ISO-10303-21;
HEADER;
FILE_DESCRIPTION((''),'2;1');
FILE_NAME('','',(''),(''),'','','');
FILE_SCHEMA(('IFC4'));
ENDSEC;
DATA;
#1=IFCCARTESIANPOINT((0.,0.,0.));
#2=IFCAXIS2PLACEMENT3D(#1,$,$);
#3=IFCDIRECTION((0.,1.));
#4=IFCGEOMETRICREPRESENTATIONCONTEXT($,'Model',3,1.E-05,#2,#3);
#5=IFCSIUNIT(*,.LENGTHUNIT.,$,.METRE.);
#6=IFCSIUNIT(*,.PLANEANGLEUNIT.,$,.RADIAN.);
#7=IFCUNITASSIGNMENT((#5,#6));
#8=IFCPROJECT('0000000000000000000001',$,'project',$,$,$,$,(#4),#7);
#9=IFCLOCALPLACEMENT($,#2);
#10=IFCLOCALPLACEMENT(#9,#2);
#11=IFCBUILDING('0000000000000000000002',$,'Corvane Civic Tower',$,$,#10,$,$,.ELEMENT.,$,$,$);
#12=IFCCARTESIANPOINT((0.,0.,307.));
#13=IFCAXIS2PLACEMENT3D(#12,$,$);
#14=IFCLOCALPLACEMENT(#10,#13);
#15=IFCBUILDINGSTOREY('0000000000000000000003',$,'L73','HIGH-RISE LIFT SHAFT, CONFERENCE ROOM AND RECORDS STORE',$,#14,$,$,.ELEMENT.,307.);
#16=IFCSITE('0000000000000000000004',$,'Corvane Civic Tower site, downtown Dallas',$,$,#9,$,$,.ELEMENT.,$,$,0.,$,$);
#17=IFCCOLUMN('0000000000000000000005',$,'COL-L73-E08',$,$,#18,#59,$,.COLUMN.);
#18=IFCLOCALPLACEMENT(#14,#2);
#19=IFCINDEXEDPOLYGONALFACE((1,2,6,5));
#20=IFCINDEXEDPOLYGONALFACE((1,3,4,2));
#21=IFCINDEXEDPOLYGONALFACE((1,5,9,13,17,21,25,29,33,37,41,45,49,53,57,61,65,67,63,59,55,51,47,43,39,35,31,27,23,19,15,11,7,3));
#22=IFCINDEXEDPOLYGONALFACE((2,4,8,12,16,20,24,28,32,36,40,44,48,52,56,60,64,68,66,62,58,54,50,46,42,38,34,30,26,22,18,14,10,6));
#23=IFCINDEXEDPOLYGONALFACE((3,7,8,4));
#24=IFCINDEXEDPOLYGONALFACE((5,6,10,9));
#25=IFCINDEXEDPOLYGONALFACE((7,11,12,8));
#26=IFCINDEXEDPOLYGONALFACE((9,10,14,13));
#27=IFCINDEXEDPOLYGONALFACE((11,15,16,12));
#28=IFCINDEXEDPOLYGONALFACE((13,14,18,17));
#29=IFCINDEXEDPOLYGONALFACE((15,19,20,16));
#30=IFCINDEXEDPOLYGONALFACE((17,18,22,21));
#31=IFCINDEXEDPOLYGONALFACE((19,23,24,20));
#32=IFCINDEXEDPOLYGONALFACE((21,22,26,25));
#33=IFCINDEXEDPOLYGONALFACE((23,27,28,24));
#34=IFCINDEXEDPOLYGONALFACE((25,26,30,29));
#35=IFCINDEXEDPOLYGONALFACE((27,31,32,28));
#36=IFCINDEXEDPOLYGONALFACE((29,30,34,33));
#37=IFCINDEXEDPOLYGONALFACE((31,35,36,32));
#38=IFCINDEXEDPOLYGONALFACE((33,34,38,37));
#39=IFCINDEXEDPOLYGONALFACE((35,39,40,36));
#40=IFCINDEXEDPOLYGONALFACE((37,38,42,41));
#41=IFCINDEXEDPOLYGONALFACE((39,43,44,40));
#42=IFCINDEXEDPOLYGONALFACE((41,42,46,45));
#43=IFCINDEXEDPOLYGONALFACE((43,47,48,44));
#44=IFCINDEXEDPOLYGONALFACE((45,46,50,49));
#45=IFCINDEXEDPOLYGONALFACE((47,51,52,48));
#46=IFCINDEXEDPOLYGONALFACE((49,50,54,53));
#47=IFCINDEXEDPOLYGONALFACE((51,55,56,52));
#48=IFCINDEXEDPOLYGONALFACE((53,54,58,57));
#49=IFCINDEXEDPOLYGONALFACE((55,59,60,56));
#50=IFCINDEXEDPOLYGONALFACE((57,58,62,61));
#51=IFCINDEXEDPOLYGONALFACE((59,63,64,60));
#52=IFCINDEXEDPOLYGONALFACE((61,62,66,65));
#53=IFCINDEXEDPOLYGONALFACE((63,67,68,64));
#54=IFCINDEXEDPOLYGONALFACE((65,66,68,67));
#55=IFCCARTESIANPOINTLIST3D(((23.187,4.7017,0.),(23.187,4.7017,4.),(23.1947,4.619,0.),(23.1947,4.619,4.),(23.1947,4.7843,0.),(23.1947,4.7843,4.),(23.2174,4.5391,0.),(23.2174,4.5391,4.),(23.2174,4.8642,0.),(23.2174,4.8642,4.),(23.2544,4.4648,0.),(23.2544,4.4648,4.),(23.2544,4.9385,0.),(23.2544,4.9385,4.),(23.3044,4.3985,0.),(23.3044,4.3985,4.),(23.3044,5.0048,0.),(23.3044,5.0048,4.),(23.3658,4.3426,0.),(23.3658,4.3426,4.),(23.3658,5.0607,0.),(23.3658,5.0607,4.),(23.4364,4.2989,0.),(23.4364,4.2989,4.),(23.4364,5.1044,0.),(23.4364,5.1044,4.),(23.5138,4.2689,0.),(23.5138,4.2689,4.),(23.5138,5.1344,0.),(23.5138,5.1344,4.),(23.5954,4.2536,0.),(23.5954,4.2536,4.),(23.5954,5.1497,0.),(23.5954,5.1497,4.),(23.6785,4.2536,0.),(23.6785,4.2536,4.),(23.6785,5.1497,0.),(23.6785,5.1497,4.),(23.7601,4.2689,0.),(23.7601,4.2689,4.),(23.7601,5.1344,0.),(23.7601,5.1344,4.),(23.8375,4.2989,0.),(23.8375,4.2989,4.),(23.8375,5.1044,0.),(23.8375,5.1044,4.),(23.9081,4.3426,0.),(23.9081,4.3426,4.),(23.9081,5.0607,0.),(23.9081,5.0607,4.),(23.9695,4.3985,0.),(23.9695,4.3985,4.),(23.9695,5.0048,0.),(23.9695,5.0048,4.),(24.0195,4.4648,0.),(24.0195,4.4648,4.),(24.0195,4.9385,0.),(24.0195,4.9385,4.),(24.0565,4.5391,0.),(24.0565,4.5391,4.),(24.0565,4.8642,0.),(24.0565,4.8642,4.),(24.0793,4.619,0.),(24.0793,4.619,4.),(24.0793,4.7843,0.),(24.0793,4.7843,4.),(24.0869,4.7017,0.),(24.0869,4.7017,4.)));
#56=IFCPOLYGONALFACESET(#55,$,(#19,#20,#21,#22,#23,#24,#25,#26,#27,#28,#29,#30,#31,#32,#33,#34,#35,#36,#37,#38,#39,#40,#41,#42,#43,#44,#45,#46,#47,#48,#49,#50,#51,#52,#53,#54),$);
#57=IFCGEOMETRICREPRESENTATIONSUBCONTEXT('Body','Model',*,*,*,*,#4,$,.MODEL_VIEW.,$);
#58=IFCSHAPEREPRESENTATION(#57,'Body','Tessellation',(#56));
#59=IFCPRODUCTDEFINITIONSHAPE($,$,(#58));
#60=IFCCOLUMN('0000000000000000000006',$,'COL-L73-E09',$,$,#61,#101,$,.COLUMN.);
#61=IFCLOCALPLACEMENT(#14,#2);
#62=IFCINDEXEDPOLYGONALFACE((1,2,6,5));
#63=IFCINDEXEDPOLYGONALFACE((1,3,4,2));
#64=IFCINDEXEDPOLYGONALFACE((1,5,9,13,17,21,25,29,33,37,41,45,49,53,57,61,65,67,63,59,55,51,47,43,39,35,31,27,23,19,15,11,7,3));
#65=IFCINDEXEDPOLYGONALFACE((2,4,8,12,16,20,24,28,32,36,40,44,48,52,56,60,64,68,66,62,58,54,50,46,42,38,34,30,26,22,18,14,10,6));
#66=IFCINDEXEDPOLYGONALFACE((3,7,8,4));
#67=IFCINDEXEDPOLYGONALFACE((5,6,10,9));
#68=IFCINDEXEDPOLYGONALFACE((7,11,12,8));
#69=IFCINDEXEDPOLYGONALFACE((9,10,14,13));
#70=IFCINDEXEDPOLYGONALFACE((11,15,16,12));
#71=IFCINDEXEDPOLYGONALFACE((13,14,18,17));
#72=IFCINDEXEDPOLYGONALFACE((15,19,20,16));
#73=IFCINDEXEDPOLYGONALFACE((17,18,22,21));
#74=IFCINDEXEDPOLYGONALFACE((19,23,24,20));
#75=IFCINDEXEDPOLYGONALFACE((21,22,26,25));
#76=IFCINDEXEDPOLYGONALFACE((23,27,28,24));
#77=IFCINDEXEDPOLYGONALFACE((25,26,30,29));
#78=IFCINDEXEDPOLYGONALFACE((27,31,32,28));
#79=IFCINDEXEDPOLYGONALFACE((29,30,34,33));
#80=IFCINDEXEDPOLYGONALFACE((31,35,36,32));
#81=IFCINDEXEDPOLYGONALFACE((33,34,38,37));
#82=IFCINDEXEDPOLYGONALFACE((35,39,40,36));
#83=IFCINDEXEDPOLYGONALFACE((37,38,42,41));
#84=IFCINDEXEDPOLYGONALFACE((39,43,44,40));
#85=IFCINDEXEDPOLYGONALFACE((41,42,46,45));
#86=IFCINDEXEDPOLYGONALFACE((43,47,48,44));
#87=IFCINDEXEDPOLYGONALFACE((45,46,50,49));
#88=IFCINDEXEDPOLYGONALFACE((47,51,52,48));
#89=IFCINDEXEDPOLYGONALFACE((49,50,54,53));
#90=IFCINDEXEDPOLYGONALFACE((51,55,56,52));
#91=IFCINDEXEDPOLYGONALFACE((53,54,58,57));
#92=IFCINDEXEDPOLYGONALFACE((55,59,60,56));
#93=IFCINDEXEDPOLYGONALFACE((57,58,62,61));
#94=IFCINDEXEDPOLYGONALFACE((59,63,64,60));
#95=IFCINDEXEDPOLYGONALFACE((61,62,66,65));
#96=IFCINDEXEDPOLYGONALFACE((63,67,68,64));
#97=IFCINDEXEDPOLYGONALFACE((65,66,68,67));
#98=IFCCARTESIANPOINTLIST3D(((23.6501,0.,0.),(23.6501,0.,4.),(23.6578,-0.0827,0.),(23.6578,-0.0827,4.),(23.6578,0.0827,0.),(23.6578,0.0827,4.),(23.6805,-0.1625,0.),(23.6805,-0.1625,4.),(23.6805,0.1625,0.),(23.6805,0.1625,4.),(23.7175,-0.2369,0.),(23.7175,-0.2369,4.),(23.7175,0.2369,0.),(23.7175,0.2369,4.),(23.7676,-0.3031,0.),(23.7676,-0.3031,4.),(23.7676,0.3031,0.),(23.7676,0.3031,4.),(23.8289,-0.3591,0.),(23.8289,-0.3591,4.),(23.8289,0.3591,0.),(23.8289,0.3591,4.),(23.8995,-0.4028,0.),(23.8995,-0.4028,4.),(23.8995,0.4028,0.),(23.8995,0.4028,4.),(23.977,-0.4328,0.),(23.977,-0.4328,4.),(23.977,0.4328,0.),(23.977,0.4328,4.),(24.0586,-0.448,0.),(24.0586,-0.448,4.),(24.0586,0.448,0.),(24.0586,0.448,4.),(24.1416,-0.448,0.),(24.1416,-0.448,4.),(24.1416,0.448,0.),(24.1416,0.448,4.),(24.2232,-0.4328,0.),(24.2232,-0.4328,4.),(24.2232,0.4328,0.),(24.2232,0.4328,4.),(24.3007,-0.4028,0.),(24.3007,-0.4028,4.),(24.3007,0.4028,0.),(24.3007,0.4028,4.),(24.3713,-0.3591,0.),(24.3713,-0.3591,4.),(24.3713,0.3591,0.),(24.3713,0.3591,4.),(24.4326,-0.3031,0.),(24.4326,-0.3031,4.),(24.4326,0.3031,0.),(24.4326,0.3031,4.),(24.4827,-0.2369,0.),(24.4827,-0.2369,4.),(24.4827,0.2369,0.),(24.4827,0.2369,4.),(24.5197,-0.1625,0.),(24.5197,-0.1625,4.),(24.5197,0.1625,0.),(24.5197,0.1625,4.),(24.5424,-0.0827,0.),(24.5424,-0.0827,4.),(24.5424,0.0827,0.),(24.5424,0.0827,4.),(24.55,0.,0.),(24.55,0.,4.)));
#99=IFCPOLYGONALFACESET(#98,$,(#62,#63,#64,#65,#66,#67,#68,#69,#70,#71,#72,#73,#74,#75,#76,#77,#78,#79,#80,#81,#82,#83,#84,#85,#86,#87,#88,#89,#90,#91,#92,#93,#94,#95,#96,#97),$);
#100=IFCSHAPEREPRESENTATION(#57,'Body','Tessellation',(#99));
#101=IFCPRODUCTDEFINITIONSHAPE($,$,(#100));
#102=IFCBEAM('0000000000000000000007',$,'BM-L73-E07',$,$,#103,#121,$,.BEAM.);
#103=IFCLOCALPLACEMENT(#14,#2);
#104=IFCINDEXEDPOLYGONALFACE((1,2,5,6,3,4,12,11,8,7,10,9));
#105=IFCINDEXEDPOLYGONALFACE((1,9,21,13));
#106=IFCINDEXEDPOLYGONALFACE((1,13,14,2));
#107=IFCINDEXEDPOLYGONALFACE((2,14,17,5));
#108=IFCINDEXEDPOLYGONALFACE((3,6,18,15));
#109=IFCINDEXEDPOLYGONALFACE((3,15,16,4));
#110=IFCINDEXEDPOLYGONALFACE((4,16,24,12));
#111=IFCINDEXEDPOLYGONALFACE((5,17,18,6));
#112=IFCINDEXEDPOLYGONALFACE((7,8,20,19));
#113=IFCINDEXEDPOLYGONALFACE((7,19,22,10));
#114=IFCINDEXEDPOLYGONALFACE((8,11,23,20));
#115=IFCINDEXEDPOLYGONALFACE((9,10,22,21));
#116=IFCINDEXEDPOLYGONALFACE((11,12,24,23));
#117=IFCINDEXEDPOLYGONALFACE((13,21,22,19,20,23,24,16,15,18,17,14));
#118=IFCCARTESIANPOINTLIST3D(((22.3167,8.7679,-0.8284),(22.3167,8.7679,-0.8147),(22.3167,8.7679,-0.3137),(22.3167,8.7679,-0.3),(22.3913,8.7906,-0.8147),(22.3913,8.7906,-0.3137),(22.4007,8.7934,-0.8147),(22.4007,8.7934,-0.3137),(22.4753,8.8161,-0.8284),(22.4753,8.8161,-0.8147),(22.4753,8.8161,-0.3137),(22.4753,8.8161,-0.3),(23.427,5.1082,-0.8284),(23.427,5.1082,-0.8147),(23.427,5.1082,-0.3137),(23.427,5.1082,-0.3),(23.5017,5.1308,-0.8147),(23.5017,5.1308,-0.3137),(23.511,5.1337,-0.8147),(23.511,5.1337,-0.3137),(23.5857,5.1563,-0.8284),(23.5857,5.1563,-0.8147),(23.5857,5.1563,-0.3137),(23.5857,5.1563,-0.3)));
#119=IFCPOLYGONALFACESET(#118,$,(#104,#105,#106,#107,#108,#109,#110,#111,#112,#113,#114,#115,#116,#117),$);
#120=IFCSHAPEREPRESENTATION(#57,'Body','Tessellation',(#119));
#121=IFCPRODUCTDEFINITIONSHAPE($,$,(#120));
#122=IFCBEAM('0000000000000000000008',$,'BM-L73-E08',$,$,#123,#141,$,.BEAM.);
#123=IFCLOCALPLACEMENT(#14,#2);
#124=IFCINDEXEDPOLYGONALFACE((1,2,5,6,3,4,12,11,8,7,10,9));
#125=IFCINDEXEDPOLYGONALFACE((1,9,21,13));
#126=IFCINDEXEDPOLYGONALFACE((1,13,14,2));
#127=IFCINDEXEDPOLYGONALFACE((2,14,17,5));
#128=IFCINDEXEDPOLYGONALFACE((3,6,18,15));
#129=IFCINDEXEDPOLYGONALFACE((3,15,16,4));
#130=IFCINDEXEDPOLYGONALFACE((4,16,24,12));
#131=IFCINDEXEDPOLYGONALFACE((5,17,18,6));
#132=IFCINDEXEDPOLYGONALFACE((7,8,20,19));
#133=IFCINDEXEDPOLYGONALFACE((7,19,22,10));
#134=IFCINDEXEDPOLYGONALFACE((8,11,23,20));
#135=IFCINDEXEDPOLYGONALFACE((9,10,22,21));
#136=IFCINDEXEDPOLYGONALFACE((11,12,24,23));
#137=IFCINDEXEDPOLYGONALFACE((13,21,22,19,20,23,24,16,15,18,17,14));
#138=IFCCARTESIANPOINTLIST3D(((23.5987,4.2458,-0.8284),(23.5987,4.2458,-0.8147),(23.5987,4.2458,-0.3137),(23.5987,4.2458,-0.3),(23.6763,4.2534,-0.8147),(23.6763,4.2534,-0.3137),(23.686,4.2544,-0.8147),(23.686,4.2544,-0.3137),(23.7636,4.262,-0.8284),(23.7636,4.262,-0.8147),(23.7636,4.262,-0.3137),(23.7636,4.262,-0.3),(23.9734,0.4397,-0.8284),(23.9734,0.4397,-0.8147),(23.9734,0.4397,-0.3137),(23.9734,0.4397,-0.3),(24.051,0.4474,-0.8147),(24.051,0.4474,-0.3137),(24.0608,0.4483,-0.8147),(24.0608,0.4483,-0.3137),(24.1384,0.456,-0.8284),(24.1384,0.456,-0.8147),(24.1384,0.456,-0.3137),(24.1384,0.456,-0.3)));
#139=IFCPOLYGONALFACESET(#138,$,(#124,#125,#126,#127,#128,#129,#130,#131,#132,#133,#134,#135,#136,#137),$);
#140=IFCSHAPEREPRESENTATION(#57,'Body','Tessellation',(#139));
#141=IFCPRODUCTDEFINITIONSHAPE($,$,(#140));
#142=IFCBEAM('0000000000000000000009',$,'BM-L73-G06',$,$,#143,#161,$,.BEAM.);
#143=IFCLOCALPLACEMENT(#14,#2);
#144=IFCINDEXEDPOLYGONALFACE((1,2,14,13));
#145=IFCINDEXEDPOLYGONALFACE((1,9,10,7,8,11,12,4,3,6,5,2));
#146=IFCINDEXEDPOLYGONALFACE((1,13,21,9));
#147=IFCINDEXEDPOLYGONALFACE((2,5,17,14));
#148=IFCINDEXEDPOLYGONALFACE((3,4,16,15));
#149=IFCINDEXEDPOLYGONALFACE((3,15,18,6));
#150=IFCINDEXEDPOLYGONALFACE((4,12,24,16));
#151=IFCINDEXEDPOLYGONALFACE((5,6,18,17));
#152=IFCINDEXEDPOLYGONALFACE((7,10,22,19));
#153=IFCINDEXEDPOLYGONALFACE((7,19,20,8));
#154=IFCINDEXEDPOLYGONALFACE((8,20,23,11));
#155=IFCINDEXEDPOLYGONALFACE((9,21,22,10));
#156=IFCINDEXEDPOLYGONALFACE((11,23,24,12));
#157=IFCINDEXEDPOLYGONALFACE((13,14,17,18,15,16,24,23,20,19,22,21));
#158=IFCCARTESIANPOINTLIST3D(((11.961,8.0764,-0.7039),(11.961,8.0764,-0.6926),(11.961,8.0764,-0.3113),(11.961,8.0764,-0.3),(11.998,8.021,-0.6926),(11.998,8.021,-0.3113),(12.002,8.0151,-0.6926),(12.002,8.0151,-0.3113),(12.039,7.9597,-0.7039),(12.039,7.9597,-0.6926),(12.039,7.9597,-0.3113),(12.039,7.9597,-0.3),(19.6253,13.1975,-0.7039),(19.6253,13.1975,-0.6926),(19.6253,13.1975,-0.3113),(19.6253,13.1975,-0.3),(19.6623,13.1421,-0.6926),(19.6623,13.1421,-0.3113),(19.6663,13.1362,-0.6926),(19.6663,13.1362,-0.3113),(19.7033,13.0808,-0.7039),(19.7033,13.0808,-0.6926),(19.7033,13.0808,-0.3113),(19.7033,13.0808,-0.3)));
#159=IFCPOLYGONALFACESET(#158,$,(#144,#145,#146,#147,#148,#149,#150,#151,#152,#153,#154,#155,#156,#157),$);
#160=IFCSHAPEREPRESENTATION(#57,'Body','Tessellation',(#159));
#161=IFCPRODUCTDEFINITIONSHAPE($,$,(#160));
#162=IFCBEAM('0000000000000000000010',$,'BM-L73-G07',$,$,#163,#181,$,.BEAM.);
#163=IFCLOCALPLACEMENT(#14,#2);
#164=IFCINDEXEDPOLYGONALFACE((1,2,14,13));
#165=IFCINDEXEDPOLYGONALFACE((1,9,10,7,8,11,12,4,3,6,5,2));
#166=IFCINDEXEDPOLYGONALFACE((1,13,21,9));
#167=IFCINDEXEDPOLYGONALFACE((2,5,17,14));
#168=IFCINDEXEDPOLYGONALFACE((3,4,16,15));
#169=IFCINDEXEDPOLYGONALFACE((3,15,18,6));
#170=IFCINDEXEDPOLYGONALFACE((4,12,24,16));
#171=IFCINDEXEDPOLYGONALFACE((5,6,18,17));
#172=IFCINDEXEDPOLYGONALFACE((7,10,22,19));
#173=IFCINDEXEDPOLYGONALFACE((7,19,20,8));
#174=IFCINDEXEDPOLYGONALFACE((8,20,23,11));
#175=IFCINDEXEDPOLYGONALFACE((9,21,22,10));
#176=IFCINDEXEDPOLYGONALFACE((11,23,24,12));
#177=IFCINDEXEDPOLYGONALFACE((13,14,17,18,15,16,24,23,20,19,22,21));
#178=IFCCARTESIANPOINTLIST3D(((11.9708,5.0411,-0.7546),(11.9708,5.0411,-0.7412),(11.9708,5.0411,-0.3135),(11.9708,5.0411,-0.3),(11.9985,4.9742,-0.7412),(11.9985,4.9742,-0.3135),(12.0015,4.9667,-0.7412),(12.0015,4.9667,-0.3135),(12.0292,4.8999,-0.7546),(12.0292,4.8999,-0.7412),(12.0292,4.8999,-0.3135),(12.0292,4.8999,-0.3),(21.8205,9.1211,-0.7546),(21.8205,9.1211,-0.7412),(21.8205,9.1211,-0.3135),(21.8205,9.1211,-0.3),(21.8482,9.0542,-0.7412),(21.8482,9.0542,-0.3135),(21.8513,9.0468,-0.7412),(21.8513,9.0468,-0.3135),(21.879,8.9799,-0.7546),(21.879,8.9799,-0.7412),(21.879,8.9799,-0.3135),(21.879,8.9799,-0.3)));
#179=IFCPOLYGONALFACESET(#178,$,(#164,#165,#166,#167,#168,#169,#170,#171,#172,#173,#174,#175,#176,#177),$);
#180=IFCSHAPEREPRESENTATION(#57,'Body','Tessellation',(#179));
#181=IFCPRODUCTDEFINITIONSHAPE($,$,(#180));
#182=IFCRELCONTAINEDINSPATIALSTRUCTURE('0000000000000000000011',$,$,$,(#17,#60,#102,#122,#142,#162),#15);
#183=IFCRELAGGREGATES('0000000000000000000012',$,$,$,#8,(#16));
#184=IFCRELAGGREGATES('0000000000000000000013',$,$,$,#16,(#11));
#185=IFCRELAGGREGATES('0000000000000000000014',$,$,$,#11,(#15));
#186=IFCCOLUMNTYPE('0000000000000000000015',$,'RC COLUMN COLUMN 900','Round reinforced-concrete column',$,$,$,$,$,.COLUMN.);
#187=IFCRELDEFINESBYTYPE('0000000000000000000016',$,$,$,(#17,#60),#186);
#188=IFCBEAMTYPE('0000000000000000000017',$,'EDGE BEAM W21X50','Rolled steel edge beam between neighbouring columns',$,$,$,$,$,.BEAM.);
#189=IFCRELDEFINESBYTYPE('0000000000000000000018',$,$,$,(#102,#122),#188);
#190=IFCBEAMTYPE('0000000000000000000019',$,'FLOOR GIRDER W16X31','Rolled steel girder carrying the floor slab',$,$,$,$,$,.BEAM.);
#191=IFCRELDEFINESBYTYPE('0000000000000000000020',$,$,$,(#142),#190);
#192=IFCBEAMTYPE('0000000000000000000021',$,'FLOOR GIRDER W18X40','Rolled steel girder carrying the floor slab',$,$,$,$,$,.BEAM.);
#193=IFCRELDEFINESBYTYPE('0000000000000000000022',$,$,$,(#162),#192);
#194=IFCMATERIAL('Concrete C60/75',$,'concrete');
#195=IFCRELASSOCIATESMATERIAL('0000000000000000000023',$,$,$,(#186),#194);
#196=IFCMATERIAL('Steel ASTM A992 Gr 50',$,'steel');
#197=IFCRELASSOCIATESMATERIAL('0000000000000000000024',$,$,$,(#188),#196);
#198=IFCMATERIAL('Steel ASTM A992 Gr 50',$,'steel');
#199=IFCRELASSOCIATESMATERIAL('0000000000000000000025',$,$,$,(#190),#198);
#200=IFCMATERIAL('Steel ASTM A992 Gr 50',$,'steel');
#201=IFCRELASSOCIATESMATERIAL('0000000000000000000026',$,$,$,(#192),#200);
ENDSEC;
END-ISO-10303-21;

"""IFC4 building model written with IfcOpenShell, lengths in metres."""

from ifc_helpers import new_model, si_unit, direction, frame, origin, origin_2d, place, context, subcontext, project, spatial, circle, i_section, extrude, material, material_profile, profile_set, type_object, element, save


model = new_model("IFC4")

# Units and contexts
model_context = context("Model", 3, precision=1e-05, world=origin(), true_north=direction((0.0, 1.0)))
body_context = subcontext(model_context, "Body", "Model", "MODEL_VIEW")
ifc_project = project(units=[si_unit("LENGTHUNIT", "METRE"), si_unit("PLANEANGLEUNIT", "RADIAN")], contexts=[model_context])

# Site, building, storey
site_placement = place(None, origin())
site = spatial("IfcSite", under=ifc_project, at=site_placement, Name="Corvane Civic Tower site, downtown Dallas", CompositionType="ELEMENT", RefElevation=0.0)
building_placement = place(site_placement, origin())
building = spatial("IfcBuilding", under=site, at=building_placement, Name="Corvane Civic Tower", CompositionType="ELEMENT")
storey_placement = place(building_placement, frame((0.0, 0.0, 307.0)))
storey = spatial("IfcBuildingStorey", under=building, at=storey_placement, Name="L73", Description="HIGH-RISE LIFT SHAFT, CONFERENCE ROOM AND RECORDS STORE", CompositionType="ELEMENT", Elevation=307.0)

# Columns
ifc_material_1 = material(Name="Concrete C60/75", Category="concrete")
ifc_material_profile_1 = material_profile(ifc_material_1, circle(Radius=0.45, at=origin_2d()), Name="COLUMN 900")
ifc_profile_set_1 = profile_set([ifc_material_profile_1], Name="Concrete C60/75")
column_type = type_object("IfcColumnType", Name="RC COLUMN COLUMN 900", Description="Round reinforced-concrete column", PredefinedType="COLUMN", material=ifc_profile_set_1)
for number, where, z_axis, x_axis, name in (
    (1, (23.637, 4.7017, 0.0), (0.0, 0.0, 1.0), (1.0, 0.0, 0.0), "COL-L73-E08"),
    (2, (24.1001, 0.0, 0.0), (0.0, 0.0, 1.0), (1.0, 0.0, 0.0), "COL-L73-E09"),
):
    element("IfcColumn", number, at=place(storey_placement, frame(where, z_axis=z_axis, x_axis=x_axis)), inside=storey, type_object=column_type, Name=name, PredefinedType="COLUMN", context=body_context, shape_type="SweptSolid", body=[
        extrude(circle(Radius=0.45, at=origin_2d()), origin(), (0.0, 0.0, 1.0), 4.0),
    ])

# Beams
ifc_material_2 = material(Name="Steel ASTM A992 Gr 50", Category="steel")
ifc_material_profile_2 = material_profile(ifc_material_2, i_section(OverallWidth=0.1658, OverallDepth=0.5283, WebThickness=0.0098, FlangeThickness=0.0137, at=origin_2d()), Name="W21X50")
ifc_profile_set_2 = profile_set([ifc_material_profile_2], Name="Steel ASTM A992 Gr 50")
beam_type_1 = type_object("IfcBeamType", Name="EDGE BEAM W21X50", Description="Rolled steel edge beam between neighbouring columns", PredefinedType="BEAM", material=ifc_profile_set_2)
for number, where, z_axis, x_axis, name in (
    (3, (22.396, 8.792, -0.5642), (0.290333, -0.956926, 0.0), (0.956926, 0.290333, 0.0), "BM-L73-E07"),
    (4, (23.6812, 4.2539, -0.5642), (0.097987, -0.995188, 0.0), (0.995188, 0.097987, 0.0), "BM-L73-E08"),
):
    element("IfcBeam", number, at=place(storey_placement, frame(where, z_axis=z_axis, x_axis=x_axis)), inside=storey, type_object=beam_type_1, Name=name, PredefinedType="BEAM", context=body_context, shape_type="SweptSolid", body=[
        extrude(i_section(OverallWidth=0.1658, OverallDepth=0.5283, WebThickness=0.0098, FlangeThickness=0.0137, at=origin_2d()), origin(), (0.0, 0.0, 1.0), 3.8245),
    ])
ifc_material_3 = material(Name="Steel ASTM A992 Gr 50", Category="steel")
ifc_material_profile_3 = material_profile(ifc_material_3, i_section(OverallWidth=0.1404, OverallDepth=0.4038, WebThickness=0.0071, FlangeThickness=0.0112, at=origin_2d()), Name="W16X31")
ifc_profile_set_3 = profile_set([ifc_material_profile_3], Name="Steel ASTM A992 Gr 50")
beam_type_2 = type_object("IfcBeamType", Name="FLOOR GIRDER W16X31", Description="Rolled steel girder carrying the floor slab", PredefinedType="BEAM", material=ifc_profile_set_3)
beam_1_placement = place(storey_placement, frame((12.0, 8.0181, -0.502), z_axis=(0.831471, 0.555568, 0.0), x_axis=(-0.555568, 0.831471, 0.0)))
element("IfcBeam", 5, at=beam_1_placement, inside=storey, type_object=beam_type_2, Name="BM-L73-G06", PredefinedType="BEAM", context=body_context, shape_type="SweptSolid", body=[
    extrude(i_section(OverallWidth=0.1404, OverallDepth=0.4038, WebThickness=0.0071, FlangeThickness=0.0112, at=origin_2d()), origin(), (0.0, 0.0, 1.0), 9.2178),
])
ifc_material_4 = material(Name="Steel ASTM A992 Gr 50", Category="steel")
ifc_material_profile_4 = material_profile(ifc_material_4, i_section(OverallWidth=0.1528, OverallDepth=0.4546, WebThickness=0.0081, FlangeThickness=0.0134, at=origin_2d()), Name="W18X40")
ifc_profile_set_4 = profile_set([ifc_material_profile_4], Name="Steel ASTM A992 Gr 50")
beam_type_3 = type_object("IfcBeamType", Name="FLOOR GIRDER W18X40", Description="Rolled steel girder carrying the floor slab", PredefinedType="BEAM", material=ifc_profile_set_4)
beam_2_placement = place(storey_placement, frame((12.0, 4.9705, -0.5273), z_axis=(0.923875, 0.382694, 0.0), x_axis=(-0.382694, 0.923875, 0.0)))
element("IfcBeam", 6, at=beam_2_placement, inside=storey, type_object=beam_type_3, Name="BM-L73-G07", PredefinedType="BEAM", context=body_context, shape_type="SweptSolid", body=[
    extrude(i_section(OverallWidth=0.1528, OverallDepth=0.4546, WebThickness=0.0081, FlangeThickness=0.0134, at=origin_2d()), origin(), (0.0, 0.0, 1.0), 10.6614),
])

save(model, "model.ifc")
